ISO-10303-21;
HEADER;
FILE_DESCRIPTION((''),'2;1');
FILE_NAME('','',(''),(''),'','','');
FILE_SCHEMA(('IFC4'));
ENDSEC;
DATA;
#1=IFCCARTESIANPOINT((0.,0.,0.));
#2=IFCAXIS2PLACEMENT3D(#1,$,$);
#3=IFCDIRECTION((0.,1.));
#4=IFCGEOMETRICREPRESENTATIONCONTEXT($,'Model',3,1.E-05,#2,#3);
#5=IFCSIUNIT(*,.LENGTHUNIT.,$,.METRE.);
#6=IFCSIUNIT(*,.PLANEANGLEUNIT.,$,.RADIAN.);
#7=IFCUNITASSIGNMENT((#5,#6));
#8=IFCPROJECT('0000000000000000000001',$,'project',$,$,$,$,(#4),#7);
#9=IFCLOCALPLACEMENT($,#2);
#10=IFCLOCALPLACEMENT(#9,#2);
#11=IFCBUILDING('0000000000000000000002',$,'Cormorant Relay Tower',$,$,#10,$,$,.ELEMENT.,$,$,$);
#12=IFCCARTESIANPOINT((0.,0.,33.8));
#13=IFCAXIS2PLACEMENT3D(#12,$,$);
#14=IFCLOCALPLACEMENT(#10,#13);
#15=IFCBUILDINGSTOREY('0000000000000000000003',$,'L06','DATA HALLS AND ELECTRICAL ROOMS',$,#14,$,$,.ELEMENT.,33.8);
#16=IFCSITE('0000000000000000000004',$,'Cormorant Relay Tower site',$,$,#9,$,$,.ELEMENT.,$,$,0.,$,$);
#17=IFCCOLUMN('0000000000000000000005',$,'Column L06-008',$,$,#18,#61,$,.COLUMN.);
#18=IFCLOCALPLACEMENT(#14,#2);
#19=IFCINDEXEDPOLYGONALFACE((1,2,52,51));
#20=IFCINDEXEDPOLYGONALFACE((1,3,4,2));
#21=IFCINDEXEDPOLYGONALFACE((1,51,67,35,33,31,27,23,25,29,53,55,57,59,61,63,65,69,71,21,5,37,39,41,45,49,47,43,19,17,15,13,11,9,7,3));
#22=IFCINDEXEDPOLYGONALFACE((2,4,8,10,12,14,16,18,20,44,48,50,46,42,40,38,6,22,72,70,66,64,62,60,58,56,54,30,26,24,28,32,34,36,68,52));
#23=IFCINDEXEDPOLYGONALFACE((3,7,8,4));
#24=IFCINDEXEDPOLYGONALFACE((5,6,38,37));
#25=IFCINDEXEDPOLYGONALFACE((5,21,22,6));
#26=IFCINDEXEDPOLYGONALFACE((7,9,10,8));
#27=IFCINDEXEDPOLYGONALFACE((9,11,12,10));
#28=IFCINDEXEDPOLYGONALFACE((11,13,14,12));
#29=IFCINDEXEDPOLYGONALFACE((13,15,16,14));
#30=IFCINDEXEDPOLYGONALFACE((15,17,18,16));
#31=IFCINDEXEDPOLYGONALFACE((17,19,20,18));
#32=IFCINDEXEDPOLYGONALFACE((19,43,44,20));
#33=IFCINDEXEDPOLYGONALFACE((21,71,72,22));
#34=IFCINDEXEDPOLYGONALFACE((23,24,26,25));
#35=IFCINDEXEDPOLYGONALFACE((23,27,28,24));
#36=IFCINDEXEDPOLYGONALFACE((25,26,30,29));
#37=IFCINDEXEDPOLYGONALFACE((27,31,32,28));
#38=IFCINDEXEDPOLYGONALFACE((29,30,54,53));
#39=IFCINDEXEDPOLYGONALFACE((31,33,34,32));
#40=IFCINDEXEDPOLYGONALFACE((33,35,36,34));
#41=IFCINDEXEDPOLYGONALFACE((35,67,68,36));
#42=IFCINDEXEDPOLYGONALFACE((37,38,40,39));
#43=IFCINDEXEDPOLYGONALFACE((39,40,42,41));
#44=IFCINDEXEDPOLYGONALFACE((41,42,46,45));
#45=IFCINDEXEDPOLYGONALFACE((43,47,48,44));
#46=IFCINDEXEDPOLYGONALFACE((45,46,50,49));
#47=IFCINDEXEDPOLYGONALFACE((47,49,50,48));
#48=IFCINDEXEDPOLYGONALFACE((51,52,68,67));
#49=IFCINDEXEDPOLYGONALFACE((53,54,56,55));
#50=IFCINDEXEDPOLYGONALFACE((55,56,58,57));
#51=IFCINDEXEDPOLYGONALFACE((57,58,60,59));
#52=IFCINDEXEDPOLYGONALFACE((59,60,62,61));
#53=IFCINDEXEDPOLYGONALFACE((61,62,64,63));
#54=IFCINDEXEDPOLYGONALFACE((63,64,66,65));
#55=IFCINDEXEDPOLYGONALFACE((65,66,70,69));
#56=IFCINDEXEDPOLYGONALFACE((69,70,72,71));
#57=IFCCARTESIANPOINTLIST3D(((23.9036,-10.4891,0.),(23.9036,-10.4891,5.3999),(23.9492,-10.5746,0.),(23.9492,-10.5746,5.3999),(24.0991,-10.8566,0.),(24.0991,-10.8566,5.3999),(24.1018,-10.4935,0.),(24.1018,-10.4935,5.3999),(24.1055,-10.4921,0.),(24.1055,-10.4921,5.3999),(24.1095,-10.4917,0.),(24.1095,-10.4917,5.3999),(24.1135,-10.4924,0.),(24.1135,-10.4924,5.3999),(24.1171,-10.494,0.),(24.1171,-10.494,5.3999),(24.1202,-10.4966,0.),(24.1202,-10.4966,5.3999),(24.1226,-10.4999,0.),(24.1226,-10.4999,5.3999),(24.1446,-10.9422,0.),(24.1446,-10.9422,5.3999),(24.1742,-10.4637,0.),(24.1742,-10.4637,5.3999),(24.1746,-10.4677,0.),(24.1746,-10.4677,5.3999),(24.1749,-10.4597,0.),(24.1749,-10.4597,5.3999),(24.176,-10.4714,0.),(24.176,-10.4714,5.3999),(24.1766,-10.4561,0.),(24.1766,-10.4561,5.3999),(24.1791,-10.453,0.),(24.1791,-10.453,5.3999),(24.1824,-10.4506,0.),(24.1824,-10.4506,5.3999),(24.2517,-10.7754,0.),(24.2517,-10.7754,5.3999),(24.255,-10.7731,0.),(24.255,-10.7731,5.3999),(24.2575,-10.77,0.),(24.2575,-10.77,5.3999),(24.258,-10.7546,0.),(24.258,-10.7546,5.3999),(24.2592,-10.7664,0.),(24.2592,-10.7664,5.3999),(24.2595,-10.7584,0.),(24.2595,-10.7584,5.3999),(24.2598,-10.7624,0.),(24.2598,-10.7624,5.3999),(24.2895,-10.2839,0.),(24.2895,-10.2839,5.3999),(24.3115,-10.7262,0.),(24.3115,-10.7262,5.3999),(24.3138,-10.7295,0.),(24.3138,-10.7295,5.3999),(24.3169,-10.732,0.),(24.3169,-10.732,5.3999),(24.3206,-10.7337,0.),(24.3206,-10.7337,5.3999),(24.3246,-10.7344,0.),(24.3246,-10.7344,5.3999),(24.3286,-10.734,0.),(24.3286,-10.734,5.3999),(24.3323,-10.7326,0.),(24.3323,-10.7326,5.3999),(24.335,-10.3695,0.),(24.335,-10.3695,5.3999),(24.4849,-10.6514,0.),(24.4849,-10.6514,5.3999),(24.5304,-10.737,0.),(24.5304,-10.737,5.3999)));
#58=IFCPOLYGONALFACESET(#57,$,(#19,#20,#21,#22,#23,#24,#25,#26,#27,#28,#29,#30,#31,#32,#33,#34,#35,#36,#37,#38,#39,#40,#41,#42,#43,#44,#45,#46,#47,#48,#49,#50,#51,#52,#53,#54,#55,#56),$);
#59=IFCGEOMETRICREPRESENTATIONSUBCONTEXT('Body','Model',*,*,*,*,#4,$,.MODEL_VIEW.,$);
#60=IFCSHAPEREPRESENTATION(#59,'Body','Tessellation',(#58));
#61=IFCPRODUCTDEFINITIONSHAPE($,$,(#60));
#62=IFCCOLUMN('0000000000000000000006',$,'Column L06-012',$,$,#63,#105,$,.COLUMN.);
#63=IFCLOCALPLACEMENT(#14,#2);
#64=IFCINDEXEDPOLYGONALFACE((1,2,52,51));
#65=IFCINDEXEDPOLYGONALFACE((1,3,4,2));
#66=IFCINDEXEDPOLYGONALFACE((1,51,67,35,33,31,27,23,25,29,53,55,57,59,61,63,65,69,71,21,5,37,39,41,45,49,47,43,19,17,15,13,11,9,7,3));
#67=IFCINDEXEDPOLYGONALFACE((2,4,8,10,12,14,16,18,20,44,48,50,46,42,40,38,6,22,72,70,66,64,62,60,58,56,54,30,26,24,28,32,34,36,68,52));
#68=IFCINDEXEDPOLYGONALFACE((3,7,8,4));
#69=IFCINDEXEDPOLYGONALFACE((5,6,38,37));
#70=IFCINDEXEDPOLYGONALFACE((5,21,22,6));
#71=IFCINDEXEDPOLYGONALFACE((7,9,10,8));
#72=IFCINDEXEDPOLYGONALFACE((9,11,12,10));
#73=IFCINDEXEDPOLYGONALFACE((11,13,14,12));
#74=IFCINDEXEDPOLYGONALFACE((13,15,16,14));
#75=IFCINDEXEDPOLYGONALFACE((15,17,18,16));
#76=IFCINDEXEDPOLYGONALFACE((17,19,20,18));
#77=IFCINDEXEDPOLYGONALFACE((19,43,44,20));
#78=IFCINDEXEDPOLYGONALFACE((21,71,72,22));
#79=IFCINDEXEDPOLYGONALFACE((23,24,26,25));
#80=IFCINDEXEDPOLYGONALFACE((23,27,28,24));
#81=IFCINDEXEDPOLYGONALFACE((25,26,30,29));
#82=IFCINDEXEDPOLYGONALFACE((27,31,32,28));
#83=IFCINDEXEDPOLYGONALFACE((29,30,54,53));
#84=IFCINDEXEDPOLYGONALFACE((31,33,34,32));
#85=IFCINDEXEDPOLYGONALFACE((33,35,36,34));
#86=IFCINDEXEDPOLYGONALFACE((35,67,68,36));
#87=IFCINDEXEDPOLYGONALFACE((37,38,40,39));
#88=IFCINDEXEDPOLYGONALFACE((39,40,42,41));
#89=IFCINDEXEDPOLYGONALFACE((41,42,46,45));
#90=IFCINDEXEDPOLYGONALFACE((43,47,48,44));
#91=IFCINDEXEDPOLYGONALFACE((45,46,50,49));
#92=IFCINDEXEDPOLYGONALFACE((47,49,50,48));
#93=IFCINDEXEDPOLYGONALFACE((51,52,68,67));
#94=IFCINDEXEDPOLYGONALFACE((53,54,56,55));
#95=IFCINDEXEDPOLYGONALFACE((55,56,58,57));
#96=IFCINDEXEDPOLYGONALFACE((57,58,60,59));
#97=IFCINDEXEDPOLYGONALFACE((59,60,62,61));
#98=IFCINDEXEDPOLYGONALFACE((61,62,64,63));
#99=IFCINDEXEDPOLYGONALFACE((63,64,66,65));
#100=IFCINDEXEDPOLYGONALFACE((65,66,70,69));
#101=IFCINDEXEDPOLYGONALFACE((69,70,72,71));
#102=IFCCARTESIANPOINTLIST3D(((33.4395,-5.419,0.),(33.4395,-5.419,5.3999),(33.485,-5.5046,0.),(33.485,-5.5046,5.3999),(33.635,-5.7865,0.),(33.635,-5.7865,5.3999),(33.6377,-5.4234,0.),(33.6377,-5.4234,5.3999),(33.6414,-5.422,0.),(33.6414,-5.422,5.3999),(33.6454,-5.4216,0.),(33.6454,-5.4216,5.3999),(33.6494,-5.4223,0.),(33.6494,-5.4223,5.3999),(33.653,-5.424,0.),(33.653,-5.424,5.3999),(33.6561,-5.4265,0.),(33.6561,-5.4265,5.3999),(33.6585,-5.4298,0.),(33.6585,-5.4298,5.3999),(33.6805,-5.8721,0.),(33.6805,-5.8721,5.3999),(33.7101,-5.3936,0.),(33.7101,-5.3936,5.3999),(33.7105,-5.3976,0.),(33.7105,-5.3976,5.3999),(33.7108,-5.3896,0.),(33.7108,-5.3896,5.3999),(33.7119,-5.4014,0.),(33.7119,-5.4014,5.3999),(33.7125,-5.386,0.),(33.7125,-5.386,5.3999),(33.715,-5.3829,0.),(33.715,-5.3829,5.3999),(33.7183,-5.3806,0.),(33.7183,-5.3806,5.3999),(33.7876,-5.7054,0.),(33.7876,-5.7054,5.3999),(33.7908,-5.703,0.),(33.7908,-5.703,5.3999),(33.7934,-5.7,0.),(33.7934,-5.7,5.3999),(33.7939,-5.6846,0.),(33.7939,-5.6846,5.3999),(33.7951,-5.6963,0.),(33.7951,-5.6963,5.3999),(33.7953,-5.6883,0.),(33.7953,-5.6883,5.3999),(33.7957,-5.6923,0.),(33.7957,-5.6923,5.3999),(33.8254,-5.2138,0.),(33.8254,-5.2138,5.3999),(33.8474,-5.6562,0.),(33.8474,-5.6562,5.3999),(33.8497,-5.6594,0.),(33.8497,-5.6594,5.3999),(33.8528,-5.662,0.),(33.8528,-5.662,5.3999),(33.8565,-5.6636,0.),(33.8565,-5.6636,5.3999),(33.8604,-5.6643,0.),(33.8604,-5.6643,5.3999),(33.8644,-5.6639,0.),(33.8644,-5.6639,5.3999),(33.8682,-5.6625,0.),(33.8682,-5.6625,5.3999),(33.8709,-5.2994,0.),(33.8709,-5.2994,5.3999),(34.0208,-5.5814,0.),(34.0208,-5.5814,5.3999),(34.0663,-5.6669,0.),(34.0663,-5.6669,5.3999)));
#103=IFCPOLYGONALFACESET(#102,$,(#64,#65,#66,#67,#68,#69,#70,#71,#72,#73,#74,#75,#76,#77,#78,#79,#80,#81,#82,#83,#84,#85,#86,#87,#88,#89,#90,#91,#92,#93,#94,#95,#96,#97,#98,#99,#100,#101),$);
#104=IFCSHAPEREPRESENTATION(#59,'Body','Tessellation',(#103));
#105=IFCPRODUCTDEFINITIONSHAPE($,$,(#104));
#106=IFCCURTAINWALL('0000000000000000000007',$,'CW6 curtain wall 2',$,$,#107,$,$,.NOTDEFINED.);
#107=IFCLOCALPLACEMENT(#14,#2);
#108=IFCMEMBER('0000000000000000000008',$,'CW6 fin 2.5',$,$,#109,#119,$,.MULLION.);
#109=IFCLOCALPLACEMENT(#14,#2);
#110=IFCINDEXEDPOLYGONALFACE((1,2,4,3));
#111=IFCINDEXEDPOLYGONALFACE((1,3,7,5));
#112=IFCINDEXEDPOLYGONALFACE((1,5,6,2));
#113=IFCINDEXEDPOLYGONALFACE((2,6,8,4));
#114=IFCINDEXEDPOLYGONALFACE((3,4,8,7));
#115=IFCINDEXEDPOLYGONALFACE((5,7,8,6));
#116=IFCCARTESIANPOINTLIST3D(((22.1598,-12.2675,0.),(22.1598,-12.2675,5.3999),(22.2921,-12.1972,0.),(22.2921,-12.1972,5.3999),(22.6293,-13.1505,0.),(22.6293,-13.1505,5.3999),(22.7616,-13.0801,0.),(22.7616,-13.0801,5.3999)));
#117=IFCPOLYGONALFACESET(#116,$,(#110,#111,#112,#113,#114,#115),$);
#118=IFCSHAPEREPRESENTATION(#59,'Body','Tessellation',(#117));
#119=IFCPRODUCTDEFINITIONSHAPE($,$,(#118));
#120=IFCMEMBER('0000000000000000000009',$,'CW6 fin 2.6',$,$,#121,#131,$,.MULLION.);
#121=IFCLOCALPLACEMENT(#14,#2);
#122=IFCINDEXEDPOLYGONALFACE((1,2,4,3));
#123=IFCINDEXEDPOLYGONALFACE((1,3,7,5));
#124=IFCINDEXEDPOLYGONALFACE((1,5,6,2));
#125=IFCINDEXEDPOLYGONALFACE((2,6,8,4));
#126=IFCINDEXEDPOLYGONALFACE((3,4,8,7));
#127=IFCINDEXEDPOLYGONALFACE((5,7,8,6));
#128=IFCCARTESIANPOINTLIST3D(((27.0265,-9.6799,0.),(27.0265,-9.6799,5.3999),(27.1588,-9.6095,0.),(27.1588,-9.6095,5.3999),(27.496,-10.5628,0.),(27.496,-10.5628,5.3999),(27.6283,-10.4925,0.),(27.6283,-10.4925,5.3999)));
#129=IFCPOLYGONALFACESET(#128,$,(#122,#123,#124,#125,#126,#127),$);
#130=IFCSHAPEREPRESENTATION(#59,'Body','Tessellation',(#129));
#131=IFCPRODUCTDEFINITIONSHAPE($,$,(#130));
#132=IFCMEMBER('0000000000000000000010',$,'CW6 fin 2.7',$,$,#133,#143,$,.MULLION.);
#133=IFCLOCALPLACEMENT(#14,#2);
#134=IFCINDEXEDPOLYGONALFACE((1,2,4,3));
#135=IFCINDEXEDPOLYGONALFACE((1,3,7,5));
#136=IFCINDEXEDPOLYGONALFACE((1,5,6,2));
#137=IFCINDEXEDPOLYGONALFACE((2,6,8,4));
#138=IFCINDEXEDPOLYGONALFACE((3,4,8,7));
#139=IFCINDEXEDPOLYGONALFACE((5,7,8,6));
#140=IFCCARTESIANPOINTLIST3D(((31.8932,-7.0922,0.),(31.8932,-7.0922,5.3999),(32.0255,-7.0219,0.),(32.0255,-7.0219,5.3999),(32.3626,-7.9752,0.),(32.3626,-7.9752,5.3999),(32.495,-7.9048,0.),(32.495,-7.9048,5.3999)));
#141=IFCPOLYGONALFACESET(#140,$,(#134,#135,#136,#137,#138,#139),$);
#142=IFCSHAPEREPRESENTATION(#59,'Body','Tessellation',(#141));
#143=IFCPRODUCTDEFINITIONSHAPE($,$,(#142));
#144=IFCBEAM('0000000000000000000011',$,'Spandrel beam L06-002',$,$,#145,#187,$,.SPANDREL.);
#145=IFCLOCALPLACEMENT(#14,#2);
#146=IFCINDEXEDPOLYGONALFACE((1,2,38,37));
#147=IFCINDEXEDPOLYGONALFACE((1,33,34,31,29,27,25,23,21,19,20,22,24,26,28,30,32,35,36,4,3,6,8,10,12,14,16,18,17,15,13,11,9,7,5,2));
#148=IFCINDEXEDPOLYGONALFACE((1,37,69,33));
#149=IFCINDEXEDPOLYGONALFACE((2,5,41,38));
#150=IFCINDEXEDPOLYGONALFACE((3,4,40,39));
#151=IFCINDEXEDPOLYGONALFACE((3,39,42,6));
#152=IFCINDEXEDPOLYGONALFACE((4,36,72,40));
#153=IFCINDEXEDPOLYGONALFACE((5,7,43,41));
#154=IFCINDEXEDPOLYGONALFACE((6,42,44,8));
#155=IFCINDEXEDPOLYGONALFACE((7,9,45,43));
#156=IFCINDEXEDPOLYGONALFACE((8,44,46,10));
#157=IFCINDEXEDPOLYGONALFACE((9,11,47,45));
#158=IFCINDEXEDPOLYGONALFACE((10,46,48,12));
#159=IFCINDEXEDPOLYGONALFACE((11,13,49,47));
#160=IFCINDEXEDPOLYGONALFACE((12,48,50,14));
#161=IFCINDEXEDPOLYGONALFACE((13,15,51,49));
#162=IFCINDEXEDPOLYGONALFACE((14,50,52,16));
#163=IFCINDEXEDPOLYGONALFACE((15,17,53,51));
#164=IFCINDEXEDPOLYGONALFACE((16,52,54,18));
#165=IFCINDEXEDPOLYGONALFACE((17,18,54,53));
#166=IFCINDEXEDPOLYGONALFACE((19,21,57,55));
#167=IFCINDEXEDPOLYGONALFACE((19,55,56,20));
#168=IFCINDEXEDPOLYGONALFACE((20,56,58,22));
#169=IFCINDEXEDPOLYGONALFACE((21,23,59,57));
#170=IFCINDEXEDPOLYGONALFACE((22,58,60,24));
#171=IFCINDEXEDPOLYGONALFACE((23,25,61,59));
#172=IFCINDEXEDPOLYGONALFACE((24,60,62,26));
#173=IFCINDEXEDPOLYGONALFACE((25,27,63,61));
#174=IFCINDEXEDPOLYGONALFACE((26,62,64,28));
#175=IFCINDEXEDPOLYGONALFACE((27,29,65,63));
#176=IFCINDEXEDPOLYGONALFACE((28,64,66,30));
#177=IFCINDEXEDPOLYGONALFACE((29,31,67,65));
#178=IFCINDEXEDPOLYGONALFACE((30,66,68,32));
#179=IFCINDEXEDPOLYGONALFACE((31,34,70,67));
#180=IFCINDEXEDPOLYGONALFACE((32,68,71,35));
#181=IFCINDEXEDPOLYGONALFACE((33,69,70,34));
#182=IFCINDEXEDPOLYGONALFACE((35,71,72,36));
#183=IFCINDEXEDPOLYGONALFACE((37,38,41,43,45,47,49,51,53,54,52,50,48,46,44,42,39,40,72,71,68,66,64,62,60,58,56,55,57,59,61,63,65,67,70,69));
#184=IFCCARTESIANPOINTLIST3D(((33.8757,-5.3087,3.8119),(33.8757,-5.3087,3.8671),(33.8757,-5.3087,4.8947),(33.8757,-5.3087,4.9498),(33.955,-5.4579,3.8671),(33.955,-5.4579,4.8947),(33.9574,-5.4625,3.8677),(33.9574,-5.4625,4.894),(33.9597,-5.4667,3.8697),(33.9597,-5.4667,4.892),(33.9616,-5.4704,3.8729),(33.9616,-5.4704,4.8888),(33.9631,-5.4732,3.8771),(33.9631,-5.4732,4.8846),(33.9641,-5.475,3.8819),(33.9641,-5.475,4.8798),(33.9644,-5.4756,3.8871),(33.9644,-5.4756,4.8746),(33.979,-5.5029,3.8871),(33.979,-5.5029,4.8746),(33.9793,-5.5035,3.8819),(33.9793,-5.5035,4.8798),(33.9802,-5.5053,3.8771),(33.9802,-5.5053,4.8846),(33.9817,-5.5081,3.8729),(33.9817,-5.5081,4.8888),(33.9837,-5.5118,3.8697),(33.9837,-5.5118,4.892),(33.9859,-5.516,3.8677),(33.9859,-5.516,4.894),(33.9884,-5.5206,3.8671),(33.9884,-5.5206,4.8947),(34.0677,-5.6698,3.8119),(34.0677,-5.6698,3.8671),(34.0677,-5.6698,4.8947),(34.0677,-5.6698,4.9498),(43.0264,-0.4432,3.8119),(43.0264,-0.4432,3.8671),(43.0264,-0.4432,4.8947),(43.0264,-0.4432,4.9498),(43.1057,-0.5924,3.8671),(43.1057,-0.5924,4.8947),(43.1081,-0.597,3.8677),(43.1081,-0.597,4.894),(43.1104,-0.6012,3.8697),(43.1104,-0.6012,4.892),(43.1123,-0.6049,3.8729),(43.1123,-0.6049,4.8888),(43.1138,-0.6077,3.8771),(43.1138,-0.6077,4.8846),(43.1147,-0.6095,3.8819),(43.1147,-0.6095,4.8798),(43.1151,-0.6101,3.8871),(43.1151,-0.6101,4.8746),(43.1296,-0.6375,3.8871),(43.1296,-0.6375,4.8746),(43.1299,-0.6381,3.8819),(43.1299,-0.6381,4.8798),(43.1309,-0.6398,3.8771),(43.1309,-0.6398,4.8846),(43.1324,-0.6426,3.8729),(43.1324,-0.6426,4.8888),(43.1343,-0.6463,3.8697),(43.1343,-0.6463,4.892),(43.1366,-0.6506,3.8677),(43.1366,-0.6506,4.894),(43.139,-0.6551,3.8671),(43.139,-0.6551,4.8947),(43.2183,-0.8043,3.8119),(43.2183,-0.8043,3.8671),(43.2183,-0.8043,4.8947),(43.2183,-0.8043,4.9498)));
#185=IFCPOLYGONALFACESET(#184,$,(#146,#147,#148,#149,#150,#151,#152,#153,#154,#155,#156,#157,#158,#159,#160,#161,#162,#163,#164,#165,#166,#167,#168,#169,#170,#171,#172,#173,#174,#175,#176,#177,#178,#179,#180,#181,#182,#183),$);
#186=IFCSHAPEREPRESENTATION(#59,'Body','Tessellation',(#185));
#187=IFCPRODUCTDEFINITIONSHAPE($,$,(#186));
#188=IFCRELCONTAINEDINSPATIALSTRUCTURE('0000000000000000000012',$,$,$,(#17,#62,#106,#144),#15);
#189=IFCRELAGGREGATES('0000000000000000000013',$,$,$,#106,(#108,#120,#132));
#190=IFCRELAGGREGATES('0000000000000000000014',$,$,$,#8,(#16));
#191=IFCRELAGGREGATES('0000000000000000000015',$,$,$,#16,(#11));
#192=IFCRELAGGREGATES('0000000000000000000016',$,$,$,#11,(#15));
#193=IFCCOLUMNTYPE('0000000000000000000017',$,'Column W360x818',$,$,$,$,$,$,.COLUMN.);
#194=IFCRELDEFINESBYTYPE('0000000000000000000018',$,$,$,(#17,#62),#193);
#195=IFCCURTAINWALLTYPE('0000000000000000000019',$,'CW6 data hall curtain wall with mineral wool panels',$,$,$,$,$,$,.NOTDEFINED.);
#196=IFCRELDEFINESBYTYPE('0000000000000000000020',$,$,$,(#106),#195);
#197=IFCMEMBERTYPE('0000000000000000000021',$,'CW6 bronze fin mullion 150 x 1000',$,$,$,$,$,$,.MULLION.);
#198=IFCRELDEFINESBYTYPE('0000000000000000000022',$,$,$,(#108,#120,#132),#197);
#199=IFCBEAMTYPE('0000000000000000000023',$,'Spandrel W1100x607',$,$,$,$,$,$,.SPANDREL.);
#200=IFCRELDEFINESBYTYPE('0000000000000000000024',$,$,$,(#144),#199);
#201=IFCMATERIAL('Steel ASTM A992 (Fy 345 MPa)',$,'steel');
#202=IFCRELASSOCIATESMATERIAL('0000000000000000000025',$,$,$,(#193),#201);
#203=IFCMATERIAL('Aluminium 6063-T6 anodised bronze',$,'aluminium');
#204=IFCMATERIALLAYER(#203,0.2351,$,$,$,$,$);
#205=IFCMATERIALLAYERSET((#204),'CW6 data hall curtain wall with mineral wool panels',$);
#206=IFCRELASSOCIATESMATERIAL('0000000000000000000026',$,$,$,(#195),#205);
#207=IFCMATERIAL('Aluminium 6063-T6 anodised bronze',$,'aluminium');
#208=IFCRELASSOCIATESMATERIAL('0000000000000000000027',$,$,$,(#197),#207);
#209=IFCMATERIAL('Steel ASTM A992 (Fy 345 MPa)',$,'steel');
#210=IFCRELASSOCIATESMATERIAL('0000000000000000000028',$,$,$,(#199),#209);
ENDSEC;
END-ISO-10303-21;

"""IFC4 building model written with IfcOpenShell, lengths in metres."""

from ifc_helpers import new_model, si_unit, direction, frame, origin, origin_2d, place, context, subcontext, project, spatial, rectangle, i_section, extrude, material, layer, layer_set, material_profile, profile_set, type_object, element, aggregate, save


model = new_model("IFC4")

# Units and contexts
model_context = context("Model", 3, precision=1e-05, world=origin(), true_north=direction((0.0, 1.0)))
body_context = subcontext(model_context, "Body", "Model", "MODEL_VIEW")
ifc_project = project(units=[si_unit("LENGTHUNIT", "METRE"), si_unit("PLANEANGLEUNIT", "RADIAN")], contexts=[model_context])

# Site, building, storey
site_placement = place(None, origin())
site = spatial("IfcSite", under=ifc_project, at=site_placement, Name="Cormorant Relay Tower site", CompositionType="ELEMENT", RefElevation=0.0)
building_placement = place(site_placement, origin())
building = spatial("IfcBuilding", under=site, at=building_placement, Name="Cormorant Relay Tower", CompositionType="ELEMENT")
storey_placement = place(building_placement, frame((0.0, 0.0, 33.8)))
storey = spatial("IfcBuildingStorey", under=building, at=storey_placement, Name="L06", Description="DATA HALLS AND ELECTRICAL ROOMS", CompositionType="ELEMENT", Elevation=33.8)

# Columns
ifc_material_1 = material(Name="Steel ASTM A992 (Fy 345 MPa)", Category="steel")
ifc_material_profile_1 = material_profile(ifc_material_1, i_section(OverallWidth=0.437, OverallDepth=0.5132, WebThickness=0.0605, FlangeThickness=0.0969, FilletRadius=0.0154, at=origin_2d()), Name="W360x818")
ifc_profile_set_1 = profile_set([ifc_material_profile_1], Name="Steel ASTM A992 (Fy 345 MPa)")
column_type = type_object("IfcColumnType", Name="Column W360x818", PredefinedType="COLUMN", material=ifc_profile_set_1)
for number, where, z_axis, x_axis, name in (
    (1, (24.217, -10.613, 0.0), (0.0, 0.0, 1.0), (0.882948, 0.469472, 0.0), "Column L06-008"),
    (2, (33.7529, -5.543, 0.0), (0.0, 0.0, 1.0), (0.882948, 0.469472, 0.0), "Column L06-012"),
):
    element("IfcColumn", number, at=place(storey_placement, frame(where, z_axis=z_axis, x_axis=x_axis)), inside=storey, type_object=column_type, Name=name, PredefinedType="COLUMN", context=body_context, shape_type="SweptSolid", body=[
        extrude(i_section(OverallWidth=0.437, OverallDepth=0.5132, WebThickness=0.0605, FlangeThickness=0.0969, FilletRadius=0.0154, at=origin_2d()), origin(), (0.0, 0.0, 1.0), 5.3999),
    ])

# Curtain wall, members
ifc_material_2 = material(Name="Aluminium 6063-T6 anodised bronze", Category="aluminium")
ifc_layer_1 = layer(ifc_material_2, 0.2351)
ifc_layer_set_1 = layer_set([ifc_layer_1], Name="CW6 data hall curtain wall with mineral wool panels")
curtain_wall_type = type_object("IfcCurtainWallType", Name="CW6 data hall curtain wall with mineral wool panels", PredefinedType="NOTDEFINED", material=ifc_layer_set_1)
curtain_wall_placement = place(storey_placement, origin())
curtain_wall = element("IfcCurtainWall", 3, at=curtain_wall_placement, inside=storey, type_object=curtain_wall_type, Name="CW6 curtain wall 2", PredefinedType="NOTDEFINED")
ifc_material_3 = material(Name="Aluminium 6063-T6 anodised bronze", Category="aluminium")
ifc_material_profile_2 = material_profile(ifc_material_3, rectangle(XDim=0.1499, YDim=1.0, at=origin_2d()), Name="AL 150x1000")
ifc_profile_set_2 = profile_set([ifc_material_profile_2], Name="Aluminium 6063-T6 anodised bronze")
member_type = type_object("IfcMemberType", Name="CW6 bronze fin mullion 150 x 1000", PredefinedType="MULLION", material=ifc_profile_set_2)
member_1_placement = place(storey_placement, frame((22.4607, -12.6738, 0.0), z_axis=(0.0, 0.0, 1.0), x_axis=(0.882948, 0.469472, 0.0)))
member_1 = element("IfcMember", 4, at=member_1_placement, type_object=member_type, Name="CW6 fin 2.5", PredefinedType="MULLION", context=body_context, shape_type="SweptSolid", body=[
    extrude(rectangle(XDim=0.1499, YDim=1.0, at=origin_2d()), origin(), (0.0, 0.0, 1.0), 5.3999),
])
member_2_placement = place(storey_placement, frame((27.3274, -10.0862, 0.0), z_axis=(0.0, 0.0, 1.0), x_axis=(0.882948, 0.469472, 0.0)))
member_2 = element("IfcMember", 5, at=member_2_placement, type_object=member_type, Name="CW6 fin 2.6", PredefinedType="MULLION", context=body_context, shape_type="SweptSolid", body=[
    extrude(rectangle(XDim=0.1499, YDim=1.0, at=origin_2d()), origin(), (0.0, 0.0, 1.0), 5.3999),
])
member_3_placement = place(storey_placement, frame((32.1941, -7.4985, 0.0), z_axis=(0.0, 0.0, 1.0), x_axis=(0.882948, 0.469472, 0.0)))
member_3 = element("IfcMember", 6, at=member_3_placement, type_object=member_type, Name="CW6 fin 2.7", PredefinedType="MULLION", context=body_context, shape_type="SweptSolid", body=[
    extrude(rectangle(XDim=0.1499, YDim=1.0, at=origin_2d()), origin(), (0.0, 0.0, 1.0), 5.3999),
])

# Beam
ifc_material_4 = material(Name="Steel ASTM A992 (Fy 345 MPa)", Category="steel")
ifc_material_profile_3 = material_profile(ifc_material_4, i_section(OverallWidth=0.4089, OverallDepth=1.1379, WebThickness=0.031, FlangeThickness=0.0552, FilletRadius=0.02, at=origin_2d()), Name="W1100x607")
ifc_profile_set_3 = profile_set([ifc_material_profile_3], Name="Steel ASTM A992 (Fy 345 MPa)")
beam_type = type_object("IfcBeamType", Name="Spandrel W1100x607", PredefinedType="SPANDREL", material=ifc_profile_set_3)
beam_placement = place(storey_placement, frame((33.9717, -5.4893, 4.3809), z_axis=(0.882948, 0.469472, 0.0), x_axis=(-0.469472, 0.882948, 0.0)))
element("IfcBeam", 7, at=beam_placement, inside=storey, type_object=beam_type, Name="Spandrel beam L06-002", PredefinedType="SPANDREL", context=body_context, shape_type="SweptSolid", body=[
    extrude(i_section(OverallWidth=0.4089, OverallDepth=1.1379, WebThickness=0.031, FlangeThickness=0.0552, FilletRadius=0.02, at=origin_2d()), origin(), (0.0, 0.0, 1.0), 10.3638),
])

aggregate(curtain_wall, [member_1, member_2, member_3])

save(model, "model.ifc")
